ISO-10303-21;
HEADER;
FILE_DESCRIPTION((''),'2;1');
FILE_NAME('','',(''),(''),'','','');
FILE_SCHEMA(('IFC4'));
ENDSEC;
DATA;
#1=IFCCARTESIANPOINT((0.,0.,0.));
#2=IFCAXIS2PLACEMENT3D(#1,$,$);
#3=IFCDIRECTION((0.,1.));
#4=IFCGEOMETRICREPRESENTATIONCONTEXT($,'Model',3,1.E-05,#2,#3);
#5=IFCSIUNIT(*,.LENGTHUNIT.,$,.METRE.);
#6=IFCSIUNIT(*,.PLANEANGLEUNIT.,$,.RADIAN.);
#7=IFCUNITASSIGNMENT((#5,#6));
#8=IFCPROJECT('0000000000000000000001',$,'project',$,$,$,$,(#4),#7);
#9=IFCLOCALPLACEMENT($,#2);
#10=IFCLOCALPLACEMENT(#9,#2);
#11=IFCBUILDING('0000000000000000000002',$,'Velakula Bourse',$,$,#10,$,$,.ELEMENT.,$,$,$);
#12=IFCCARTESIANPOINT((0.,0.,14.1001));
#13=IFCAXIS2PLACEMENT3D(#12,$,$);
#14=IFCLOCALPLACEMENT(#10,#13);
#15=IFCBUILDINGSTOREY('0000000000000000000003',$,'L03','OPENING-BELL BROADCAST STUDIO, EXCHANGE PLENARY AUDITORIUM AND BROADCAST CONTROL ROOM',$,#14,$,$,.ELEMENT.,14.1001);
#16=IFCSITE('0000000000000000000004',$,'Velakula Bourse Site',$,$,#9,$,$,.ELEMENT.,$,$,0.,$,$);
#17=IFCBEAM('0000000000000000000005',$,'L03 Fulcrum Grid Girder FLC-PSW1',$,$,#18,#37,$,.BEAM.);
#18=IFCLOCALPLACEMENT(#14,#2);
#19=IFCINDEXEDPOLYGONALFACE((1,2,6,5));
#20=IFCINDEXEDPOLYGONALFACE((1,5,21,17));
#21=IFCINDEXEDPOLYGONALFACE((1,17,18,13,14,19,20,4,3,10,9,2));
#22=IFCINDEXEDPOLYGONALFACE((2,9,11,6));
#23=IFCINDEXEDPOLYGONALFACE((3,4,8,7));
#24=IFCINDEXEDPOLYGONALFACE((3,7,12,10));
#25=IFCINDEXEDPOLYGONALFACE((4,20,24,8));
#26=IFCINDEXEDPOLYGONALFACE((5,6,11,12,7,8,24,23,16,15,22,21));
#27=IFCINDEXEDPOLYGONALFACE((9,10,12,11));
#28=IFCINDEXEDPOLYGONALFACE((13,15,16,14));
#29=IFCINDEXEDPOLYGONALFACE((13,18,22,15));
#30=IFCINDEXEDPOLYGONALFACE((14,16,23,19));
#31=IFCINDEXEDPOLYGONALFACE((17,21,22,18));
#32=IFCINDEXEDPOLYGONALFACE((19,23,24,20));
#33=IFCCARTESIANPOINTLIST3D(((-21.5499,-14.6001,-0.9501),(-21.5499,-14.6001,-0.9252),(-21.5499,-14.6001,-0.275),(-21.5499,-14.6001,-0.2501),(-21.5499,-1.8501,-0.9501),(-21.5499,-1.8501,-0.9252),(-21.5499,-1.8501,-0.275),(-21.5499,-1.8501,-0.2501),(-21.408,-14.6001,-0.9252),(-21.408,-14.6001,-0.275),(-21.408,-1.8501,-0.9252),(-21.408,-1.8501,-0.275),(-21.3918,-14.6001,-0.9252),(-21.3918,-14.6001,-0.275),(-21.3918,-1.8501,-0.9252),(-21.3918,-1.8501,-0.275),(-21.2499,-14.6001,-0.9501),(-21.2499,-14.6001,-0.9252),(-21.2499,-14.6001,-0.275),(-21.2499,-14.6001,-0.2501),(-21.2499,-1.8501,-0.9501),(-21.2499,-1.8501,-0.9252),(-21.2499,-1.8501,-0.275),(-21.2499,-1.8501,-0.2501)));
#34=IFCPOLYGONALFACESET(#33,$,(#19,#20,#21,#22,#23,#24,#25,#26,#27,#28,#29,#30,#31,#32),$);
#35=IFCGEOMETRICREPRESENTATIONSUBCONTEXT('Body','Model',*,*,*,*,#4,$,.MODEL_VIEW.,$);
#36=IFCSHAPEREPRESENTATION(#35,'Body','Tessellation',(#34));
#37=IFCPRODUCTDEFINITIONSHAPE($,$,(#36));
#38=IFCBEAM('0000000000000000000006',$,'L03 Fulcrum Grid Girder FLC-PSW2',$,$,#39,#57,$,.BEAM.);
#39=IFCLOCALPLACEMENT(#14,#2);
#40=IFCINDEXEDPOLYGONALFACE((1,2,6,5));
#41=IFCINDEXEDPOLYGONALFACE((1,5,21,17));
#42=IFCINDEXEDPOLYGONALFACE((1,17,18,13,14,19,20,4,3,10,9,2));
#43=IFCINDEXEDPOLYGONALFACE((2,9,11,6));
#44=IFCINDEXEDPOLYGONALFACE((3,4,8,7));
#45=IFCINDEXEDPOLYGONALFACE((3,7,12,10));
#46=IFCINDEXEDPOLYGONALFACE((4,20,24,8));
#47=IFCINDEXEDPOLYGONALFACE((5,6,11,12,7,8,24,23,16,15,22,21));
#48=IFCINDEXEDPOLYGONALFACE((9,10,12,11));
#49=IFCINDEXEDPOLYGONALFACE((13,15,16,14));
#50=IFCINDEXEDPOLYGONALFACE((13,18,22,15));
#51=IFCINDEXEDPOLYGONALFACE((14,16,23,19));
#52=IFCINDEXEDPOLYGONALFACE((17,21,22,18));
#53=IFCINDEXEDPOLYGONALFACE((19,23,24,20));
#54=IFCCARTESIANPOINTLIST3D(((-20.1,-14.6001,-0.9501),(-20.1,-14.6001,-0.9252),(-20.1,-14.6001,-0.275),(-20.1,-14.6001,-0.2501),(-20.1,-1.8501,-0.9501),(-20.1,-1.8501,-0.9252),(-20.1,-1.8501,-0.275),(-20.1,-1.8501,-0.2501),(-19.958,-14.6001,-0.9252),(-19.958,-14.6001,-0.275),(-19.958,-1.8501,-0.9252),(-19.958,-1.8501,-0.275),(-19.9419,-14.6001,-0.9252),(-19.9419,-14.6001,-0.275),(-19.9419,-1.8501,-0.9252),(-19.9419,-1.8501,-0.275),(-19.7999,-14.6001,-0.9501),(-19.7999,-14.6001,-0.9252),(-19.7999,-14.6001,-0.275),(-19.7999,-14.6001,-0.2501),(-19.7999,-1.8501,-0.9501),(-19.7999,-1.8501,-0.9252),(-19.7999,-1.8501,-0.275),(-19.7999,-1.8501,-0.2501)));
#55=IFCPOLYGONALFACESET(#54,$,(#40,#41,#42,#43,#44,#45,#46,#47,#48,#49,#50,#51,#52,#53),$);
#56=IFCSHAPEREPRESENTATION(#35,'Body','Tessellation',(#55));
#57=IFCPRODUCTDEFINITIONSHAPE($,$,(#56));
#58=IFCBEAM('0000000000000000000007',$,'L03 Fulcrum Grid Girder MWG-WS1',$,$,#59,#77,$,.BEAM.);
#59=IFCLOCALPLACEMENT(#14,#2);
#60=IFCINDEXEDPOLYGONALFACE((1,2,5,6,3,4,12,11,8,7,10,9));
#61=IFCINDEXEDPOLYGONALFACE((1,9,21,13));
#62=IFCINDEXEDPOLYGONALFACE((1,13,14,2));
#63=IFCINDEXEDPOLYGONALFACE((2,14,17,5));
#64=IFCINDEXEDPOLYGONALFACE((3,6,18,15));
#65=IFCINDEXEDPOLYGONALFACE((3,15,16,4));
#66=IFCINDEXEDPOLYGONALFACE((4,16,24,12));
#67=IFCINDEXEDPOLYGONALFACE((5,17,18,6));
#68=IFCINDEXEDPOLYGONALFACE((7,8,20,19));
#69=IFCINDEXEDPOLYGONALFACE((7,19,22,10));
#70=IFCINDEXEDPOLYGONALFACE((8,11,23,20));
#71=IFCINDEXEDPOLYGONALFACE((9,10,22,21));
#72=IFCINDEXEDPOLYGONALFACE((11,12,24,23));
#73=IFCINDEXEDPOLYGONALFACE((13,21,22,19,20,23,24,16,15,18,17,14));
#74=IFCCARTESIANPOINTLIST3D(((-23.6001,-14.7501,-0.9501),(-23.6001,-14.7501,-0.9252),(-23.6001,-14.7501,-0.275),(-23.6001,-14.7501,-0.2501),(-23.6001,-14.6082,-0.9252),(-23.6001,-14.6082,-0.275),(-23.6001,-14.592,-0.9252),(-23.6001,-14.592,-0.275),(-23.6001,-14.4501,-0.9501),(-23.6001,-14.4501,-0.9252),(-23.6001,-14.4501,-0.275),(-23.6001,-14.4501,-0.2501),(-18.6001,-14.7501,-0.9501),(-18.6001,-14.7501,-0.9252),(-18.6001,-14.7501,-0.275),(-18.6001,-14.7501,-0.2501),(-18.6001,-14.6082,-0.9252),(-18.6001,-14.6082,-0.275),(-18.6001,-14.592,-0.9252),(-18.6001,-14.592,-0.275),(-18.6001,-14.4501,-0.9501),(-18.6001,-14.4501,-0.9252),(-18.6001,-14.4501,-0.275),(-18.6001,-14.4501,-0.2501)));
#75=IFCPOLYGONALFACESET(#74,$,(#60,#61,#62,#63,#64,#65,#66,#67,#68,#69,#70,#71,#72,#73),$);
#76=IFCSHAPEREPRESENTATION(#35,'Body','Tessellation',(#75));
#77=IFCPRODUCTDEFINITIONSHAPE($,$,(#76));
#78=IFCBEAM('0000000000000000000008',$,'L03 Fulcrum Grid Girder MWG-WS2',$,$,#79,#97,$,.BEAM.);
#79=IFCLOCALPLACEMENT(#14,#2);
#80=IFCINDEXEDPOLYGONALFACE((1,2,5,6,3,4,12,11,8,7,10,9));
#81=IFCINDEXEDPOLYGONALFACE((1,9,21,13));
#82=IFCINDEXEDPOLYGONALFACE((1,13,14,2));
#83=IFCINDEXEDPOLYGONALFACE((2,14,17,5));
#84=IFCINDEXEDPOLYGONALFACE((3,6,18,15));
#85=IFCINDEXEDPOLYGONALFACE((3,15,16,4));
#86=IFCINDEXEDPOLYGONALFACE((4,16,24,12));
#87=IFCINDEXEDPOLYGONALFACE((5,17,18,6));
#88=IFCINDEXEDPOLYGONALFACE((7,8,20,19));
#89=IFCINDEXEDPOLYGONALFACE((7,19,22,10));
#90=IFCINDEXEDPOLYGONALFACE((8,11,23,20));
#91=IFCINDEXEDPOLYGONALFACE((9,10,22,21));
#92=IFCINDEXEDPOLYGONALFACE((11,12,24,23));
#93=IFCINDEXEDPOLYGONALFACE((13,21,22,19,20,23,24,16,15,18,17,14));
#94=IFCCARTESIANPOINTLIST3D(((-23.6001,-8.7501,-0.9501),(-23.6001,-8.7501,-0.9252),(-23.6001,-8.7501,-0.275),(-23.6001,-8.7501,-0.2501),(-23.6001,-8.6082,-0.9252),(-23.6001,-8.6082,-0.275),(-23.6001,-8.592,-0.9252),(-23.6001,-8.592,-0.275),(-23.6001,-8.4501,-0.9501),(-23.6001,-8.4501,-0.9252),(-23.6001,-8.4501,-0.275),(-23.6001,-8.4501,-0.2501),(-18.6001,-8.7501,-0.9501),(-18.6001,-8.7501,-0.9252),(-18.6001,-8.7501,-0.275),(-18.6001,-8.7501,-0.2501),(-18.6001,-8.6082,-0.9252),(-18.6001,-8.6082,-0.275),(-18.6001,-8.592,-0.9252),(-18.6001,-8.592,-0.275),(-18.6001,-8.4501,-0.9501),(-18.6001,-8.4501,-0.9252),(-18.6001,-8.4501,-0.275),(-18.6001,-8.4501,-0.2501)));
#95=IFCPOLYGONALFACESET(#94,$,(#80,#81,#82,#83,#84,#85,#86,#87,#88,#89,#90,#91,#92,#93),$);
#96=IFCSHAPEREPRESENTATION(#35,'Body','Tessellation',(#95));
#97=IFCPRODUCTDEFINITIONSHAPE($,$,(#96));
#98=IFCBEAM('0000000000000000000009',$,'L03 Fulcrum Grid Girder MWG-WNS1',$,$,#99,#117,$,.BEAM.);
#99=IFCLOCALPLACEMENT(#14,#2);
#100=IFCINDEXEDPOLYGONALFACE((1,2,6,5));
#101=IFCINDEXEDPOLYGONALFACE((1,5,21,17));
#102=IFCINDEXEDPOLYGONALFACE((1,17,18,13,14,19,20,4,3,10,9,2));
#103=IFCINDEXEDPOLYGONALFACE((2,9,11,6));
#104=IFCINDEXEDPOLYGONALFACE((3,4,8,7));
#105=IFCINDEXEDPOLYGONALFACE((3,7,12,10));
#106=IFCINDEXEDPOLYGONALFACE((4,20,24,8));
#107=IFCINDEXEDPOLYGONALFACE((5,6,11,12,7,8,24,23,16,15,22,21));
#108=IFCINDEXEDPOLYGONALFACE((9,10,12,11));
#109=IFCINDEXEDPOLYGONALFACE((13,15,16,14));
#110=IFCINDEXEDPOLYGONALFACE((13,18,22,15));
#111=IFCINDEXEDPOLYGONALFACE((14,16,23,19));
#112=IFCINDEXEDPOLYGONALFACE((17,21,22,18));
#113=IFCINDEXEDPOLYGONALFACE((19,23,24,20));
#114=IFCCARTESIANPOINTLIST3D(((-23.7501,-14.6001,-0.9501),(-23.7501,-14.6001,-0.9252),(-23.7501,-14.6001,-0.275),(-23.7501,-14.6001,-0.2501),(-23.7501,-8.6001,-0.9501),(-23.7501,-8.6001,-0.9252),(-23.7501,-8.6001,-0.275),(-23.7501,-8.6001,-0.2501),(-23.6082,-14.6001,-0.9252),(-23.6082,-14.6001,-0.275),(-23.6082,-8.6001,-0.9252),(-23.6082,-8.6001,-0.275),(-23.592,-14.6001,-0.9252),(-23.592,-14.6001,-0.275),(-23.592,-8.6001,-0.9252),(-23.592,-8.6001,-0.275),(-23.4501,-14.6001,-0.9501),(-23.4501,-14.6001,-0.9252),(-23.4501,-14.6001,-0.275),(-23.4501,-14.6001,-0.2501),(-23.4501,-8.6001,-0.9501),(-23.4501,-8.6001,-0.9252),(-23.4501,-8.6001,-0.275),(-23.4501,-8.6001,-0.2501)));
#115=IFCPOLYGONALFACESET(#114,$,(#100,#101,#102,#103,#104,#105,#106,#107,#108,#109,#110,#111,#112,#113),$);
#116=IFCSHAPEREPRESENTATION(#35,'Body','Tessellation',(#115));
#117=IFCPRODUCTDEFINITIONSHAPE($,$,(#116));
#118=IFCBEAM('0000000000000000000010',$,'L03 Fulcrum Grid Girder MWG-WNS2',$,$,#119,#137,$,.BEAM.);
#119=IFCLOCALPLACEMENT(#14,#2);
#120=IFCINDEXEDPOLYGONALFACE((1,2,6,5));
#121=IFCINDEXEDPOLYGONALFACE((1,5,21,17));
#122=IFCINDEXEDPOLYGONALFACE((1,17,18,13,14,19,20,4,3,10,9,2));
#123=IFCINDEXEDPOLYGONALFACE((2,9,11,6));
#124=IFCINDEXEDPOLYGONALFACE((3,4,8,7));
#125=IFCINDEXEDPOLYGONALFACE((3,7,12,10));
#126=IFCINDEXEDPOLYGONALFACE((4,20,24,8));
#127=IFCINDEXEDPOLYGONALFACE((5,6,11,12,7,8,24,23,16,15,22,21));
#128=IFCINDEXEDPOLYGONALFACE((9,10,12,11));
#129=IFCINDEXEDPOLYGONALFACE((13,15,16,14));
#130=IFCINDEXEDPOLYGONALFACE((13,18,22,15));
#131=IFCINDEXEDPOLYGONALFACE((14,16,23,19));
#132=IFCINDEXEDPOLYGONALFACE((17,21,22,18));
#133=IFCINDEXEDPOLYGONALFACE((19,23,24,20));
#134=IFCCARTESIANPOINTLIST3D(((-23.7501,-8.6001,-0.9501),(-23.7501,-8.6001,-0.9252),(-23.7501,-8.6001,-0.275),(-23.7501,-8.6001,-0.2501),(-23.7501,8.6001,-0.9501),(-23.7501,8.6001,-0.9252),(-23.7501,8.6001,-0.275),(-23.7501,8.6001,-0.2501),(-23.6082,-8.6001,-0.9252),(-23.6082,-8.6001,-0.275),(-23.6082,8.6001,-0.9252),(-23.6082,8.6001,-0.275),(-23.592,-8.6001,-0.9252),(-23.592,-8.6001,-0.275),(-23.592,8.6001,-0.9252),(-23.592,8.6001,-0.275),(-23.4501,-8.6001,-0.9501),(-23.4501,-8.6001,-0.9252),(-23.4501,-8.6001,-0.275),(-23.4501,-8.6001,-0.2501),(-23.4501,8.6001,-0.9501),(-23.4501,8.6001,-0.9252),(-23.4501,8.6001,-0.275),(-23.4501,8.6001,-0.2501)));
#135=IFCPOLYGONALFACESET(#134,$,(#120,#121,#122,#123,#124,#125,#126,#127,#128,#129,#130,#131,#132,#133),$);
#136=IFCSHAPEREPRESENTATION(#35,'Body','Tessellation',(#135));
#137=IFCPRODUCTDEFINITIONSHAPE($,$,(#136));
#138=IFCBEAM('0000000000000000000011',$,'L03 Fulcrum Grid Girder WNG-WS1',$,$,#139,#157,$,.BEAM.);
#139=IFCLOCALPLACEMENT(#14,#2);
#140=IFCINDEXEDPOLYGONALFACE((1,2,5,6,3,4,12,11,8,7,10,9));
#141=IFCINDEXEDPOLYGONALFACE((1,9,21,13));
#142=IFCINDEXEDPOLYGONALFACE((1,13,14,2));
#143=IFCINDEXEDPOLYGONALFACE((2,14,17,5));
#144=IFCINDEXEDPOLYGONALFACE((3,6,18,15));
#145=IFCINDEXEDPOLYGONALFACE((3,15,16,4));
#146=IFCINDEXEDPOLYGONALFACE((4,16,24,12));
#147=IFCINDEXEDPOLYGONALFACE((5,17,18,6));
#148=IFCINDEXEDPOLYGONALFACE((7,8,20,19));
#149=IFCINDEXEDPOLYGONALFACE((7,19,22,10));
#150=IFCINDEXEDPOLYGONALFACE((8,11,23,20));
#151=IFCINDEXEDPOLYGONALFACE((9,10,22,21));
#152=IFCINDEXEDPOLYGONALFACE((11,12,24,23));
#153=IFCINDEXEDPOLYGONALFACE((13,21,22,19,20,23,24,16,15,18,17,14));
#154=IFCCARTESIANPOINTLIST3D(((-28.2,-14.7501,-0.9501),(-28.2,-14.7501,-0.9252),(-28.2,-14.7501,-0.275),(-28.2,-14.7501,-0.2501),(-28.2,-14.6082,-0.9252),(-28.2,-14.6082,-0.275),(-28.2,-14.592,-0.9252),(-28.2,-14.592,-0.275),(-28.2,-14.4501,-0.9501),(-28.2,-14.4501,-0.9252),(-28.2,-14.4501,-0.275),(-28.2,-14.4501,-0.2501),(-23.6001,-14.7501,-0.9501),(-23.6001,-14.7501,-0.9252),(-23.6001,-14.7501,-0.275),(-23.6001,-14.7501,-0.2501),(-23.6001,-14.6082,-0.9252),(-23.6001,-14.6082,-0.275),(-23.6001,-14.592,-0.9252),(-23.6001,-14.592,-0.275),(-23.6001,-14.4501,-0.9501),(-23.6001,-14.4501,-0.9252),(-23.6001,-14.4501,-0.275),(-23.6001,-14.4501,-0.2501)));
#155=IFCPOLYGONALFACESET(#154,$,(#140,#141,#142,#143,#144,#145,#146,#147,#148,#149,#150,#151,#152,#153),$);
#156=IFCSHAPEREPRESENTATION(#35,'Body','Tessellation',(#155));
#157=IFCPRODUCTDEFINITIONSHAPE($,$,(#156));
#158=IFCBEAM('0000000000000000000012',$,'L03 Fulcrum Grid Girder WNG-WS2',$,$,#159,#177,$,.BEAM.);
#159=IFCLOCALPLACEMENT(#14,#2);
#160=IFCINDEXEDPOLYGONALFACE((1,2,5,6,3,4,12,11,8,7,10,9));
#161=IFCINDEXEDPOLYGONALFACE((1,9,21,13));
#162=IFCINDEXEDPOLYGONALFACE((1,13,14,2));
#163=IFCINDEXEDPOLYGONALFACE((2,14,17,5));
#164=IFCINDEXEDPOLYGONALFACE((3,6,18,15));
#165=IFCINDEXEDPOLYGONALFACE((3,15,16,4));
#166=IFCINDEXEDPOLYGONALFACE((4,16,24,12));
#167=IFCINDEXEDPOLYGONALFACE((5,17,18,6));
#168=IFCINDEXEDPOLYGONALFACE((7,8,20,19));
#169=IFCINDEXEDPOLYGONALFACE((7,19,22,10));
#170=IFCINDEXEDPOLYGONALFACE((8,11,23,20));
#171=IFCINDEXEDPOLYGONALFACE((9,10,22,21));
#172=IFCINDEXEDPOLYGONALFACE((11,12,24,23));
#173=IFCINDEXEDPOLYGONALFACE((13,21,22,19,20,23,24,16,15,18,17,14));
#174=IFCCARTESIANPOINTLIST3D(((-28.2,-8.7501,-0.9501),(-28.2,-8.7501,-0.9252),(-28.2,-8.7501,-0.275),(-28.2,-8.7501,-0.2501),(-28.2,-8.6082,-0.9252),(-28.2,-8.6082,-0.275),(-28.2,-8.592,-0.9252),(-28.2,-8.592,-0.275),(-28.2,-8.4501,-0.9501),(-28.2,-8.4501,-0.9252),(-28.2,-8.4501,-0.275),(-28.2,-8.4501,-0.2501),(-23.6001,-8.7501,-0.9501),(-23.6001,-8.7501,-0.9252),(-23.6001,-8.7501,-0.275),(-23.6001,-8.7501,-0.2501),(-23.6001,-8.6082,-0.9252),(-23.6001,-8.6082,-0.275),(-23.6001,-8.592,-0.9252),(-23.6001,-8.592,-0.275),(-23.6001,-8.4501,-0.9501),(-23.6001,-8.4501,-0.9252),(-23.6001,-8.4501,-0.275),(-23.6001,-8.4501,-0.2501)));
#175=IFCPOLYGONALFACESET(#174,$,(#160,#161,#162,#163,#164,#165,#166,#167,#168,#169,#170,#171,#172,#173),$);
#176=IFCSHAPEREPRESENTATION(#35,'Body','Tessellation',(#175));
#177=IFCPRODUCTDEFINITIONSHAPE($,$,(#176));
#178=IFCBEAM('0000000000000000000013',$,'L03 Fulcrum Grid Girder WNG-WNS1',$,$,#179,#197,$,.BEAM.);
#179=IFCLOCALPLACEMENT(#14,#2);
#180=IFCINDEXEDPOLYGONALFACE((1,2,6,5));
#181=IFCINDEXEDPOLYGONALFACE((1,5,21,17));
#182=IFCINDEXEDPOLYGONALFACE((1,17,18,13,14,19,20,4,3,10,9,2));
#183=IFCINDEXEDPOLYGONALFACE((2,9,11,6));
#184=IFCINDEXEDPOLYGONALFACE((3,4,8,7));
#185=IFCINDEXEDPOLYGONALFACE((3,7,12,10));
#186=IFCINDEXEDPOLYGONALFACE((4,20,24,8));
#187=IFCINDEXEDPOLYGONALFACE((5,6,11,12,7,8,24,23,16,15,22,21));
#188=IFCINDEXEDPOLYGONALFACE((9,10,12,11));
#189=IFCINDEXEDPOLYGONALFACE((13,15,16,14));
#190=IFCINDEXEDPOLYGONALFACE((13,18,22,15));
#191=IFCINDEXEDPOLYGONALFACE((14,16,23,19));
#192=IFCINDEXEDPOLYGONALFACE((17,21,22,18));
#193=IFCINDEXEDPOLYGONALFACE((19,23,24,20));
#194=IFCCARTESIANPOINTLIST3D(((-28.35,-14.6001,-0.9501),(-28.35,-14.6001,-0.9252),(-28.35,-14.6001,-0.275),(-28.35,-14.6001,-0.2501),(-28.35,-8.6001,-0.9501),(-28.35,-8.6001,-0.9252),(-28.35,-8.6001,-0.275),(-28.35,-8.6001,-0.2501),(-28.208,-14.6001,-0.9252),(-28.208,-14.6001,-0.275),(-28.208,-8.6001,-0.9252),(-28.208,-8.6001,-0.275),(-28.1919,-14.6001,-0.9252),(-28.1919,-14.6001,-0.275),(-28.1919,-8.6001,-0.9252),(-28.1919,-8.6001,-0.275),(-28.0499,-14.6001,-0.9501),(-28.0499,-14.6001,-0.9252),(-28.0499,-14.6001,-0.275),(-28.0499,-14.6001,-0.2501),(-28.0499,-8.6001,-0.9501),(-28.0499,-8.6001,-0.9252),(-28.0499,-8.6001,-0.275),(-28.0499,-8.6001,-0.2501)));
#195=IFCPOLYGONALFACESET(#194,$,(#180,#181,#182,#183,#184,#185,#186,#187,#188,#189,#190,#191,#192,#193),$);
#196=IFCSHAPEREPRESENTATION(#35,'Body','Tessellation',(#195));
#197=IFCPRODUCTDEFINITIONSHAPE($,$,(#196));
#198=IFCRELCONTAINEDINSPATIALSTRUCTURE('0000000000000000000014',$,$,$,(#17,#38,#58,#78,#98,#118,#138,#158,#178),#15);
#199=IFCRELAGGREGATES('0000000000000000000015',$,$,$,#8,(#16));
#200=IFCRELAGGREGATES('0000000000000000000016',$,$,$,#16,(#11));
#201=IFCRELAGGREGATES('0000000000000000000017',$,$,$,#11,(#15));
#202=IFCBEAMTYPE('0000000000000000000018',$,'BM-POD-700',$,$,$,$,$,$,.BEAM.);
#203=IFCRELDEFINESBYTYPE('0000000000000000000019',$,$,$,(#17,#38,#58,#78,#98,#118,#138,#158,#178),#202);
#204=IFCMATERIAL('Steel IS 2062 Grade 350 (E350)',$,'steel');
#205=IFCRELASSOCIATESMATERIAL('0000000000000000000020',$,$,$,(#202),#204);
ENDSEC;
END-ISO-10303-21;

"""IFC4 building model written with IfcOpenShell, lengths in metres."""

from ifc_helpers import new_model, si_unit, direction, frame, origin, origin_2d, place, context, subcontext, project, spatial, i_section, extrude, material, material_profile, profile_set, type_object, element, save


model = new_model("IFC4")

# Units and contexts
model_context = context("Model", 3, precision=1e-05, world=origin(), true_north=direction((0.0, 1.0)))
body_context = subcontext(model_context, "Body", "Model", "MODEL_VIEW")
ifc_project = project(units=[si_unit("LENGTHUNIT", "METRE"), si_unit("PLANEANGLEUNIT", "RADIAN")], contexts=[model_context])

# Site, building, storey
site_placement = place(None, origin())
site = spatial("IfcSite", under=ifc_project, at=site_placement, Name="Velakula Bourse Site", CompositionType="ELEMENT", RefElevation=0.0)
building_placement = place(site_placement, origin())
building = spatial("IfcBuilding", under=site, at=building_placement, Name="Velakula Bourse", CompositionType="ELEMENT")
storey_placement = place(building_placement, frame((0.0, 0.0, 14.1001)))
storey = spatial("IfcBuildingStorey", under=building, at=storey_placement, Name="L03", Description="OPENING-BELL BROADCAST STUDIO, EXCHANGE PLENARY AUDITORIUM AND BROADCAST CONTROL ROOM", CompositionType="ELEMENT", Elevation=14.1001)

# Beams
ifc_material_1 = material(Name="Steel IS 2062 Grade 350 (E350)", Category="steel")
ifc_material_profile_1 = material_profile(ifc_material_1, i_section(OverallWidth=0.3, OverallDepth=0.7, WebThickness=0.0161, FlangeThickness=0.0249, at=origin_2d()), Name="Steel IS 2062 Grade 350 (E350)")
ifc_profile_set_1 = profile_set([ifc_material_profile_1], Name="Steel IS 2062 Grade 350 (E350)")
beam_type_1 = type_object("IfcBeamType", Name="BM-POD-700", PredefinedType="BEAM", material=ifc_profile_set_1)
for number, where, z_axis, x_axis, name in (
    (1, (-21.3999, -14.6001, -0.6001), (0.0, 1.0, 0.0), (-1.0, 0.0, 0.0), "L03 Fulcrum Grid Girder FLC-PSW1"),
    (2, (-19.95, -14.6001, -0.6001), (0.0, 1.0, 0.0), (-1.0, 0.0, 0.0), "L03 Fulcrum Grid Girder FLC-PSW2"),
):
    element("IfcBeam", number, at=place(storey_placement, frame(where, z_axis=z_axis, x_axis=x_axis)), inside=storey, type_object=beam_type_1, Name=name, PredefinedType="BEAM", context=body_context, shape_type="SweptSolid", body=[
        extrude(i_section(OverallWidth=0.3, OverallDepth=0.7, WebThickness=0.0161, FlangeThickness=0.0249, at=origin_2d()), origin(), (0.0, 0.0, 1.0), 12.75),
    ])
for number, where, z_axis, x_axis, name in (
    (3, (-23.6001, -14.6001, -0.6001), (1.0, 0.0, 0.0), (0.0, 1.0, 0.0), "L03 Fulcrum Grid Girder MWG-WS1"),
    (4, (-23.6001, -8.6001, -0.6001), (1.0, 0.0, 0.0), (0.0, 1.0, 0.0), "L03 Fulcrum Grid Girder MWG-WS2"),
):
    element("IfcBeam", number, at=place(storey_placement, frame(where, z_axis=z_axis, x_axis=x_axis)), inside=storey, type_object=beam_type_1, Name=name, PredefinedType="BEAM", context=body_context, shape_type="SweptSolid", body=[
        extrude(i_section(OverallWidth=0.3, OverallDepth=0.7, WebThickness=0.0161, FlangeThickness=0.0249, at=origin_2d()), origin(), (0.0, 0.0, 1.0), 5.0),
    ])
beam_1_placement = place(storey_placement, frame((-23.6001, -14.6001, -0.6001), z_axis=(0.0, 1.0, 0.0), x_axis=(-1.0, 0.0, 0.0)))
element("IfcBeam", 5, at=beam_1_placement, inside=storey, type_object=beam_type_1, Name="L03 Fulcrum Grid Girder MWG-WNS1", PredefinedType="BEAM", context=body_context, shape_type="SweptSolid", body=[
    extrude(i_section(OverallWidth=0.3, OverallDepth=0.7, WebThickness=0.0161, FlangeThickness=0.0249, at=origin_2d()), origin(), (0.0, 0.0, 1.0), 6.0),
])
beam_2_placement = place(storey_placement, frame((-23.6001, -8.6001, -0.6001), z_axis=(0.0, 1.0, 0.0), x_axis=(-1.0, 0.0, 0.0)))
element("IfcBeam", 6, at=beam_2_placement, inside=storey, type_object=beam_type_1, Name="L03 Fulcrum Grid Girder MWG-WNS2", PredefinedType="BEAM", context=body_context, shape_type="SweptSolid", body=[
    extrude(i_section(OverallWidth=0.3, OverallDepth=0.7, WebThickness=0.0161, FlangeThickness=0.0249, at=origin_2d()), origin(), (0.0, 0.0, 1.0), 17.2002),
])
for number, where, z_axis, x_axis, name in (
    (7, (-28.2, -14.6001, -0.6001), (1.0, 0.0, 0.0), (0.0, 1.0, 0.0), "L03 Fulcrum Grid Girder WNG-WS1"),
    (8, (-28.2, -8.6001, -0.6001), (1.0, 0.0, 0.0), (0.0, 1.0, 0.0), "L03 Fulcrum Grid Girder WNG-WS2"),
):
    element("IfcBeam", number, at=place(storey_placement, frame(where, z_axis=z_axis, x_axis=x_axis)), inside=storey, type_object=beam_type_1, Name=name, PredefinedType="BEAM", context=body_context, shape_type="SweptSolid", body=[
        extrude(i_section(OverallWidth=0.3, OverallDepth=0.7, WebThickness=0.0161, FlangeThickness=0.0249, at=origin_2d()), origin(), (0.0, 0.0, 1.0), 4.5999),
    ])
beam_3_placement = place(storey_placement, frame((-28.2, -14.6001, -0.6001), z_axis=(0.0, 1.0, 0.0), x_axis=(-1.0, 0.0, 0.0)))
element("IfcBeam", 9, at=beam_3_placement, inside=storey, type_object=beam_type_1, Name="L03 Fulcrum Grid Girder WNG-WNS1", PredefinedType="BEAM", context=body_context, shape_type="SweptSolid", body=[
    extrude(i_section(OverallWidth=0.3, OverallDepth=0.7, WebThickness=0.0161, FlangeThickness=0.0249, at=origin_2d()), origin(), (0.0, 0.0, 1.0), 6.0),
])

save(model, "model.ifc")
